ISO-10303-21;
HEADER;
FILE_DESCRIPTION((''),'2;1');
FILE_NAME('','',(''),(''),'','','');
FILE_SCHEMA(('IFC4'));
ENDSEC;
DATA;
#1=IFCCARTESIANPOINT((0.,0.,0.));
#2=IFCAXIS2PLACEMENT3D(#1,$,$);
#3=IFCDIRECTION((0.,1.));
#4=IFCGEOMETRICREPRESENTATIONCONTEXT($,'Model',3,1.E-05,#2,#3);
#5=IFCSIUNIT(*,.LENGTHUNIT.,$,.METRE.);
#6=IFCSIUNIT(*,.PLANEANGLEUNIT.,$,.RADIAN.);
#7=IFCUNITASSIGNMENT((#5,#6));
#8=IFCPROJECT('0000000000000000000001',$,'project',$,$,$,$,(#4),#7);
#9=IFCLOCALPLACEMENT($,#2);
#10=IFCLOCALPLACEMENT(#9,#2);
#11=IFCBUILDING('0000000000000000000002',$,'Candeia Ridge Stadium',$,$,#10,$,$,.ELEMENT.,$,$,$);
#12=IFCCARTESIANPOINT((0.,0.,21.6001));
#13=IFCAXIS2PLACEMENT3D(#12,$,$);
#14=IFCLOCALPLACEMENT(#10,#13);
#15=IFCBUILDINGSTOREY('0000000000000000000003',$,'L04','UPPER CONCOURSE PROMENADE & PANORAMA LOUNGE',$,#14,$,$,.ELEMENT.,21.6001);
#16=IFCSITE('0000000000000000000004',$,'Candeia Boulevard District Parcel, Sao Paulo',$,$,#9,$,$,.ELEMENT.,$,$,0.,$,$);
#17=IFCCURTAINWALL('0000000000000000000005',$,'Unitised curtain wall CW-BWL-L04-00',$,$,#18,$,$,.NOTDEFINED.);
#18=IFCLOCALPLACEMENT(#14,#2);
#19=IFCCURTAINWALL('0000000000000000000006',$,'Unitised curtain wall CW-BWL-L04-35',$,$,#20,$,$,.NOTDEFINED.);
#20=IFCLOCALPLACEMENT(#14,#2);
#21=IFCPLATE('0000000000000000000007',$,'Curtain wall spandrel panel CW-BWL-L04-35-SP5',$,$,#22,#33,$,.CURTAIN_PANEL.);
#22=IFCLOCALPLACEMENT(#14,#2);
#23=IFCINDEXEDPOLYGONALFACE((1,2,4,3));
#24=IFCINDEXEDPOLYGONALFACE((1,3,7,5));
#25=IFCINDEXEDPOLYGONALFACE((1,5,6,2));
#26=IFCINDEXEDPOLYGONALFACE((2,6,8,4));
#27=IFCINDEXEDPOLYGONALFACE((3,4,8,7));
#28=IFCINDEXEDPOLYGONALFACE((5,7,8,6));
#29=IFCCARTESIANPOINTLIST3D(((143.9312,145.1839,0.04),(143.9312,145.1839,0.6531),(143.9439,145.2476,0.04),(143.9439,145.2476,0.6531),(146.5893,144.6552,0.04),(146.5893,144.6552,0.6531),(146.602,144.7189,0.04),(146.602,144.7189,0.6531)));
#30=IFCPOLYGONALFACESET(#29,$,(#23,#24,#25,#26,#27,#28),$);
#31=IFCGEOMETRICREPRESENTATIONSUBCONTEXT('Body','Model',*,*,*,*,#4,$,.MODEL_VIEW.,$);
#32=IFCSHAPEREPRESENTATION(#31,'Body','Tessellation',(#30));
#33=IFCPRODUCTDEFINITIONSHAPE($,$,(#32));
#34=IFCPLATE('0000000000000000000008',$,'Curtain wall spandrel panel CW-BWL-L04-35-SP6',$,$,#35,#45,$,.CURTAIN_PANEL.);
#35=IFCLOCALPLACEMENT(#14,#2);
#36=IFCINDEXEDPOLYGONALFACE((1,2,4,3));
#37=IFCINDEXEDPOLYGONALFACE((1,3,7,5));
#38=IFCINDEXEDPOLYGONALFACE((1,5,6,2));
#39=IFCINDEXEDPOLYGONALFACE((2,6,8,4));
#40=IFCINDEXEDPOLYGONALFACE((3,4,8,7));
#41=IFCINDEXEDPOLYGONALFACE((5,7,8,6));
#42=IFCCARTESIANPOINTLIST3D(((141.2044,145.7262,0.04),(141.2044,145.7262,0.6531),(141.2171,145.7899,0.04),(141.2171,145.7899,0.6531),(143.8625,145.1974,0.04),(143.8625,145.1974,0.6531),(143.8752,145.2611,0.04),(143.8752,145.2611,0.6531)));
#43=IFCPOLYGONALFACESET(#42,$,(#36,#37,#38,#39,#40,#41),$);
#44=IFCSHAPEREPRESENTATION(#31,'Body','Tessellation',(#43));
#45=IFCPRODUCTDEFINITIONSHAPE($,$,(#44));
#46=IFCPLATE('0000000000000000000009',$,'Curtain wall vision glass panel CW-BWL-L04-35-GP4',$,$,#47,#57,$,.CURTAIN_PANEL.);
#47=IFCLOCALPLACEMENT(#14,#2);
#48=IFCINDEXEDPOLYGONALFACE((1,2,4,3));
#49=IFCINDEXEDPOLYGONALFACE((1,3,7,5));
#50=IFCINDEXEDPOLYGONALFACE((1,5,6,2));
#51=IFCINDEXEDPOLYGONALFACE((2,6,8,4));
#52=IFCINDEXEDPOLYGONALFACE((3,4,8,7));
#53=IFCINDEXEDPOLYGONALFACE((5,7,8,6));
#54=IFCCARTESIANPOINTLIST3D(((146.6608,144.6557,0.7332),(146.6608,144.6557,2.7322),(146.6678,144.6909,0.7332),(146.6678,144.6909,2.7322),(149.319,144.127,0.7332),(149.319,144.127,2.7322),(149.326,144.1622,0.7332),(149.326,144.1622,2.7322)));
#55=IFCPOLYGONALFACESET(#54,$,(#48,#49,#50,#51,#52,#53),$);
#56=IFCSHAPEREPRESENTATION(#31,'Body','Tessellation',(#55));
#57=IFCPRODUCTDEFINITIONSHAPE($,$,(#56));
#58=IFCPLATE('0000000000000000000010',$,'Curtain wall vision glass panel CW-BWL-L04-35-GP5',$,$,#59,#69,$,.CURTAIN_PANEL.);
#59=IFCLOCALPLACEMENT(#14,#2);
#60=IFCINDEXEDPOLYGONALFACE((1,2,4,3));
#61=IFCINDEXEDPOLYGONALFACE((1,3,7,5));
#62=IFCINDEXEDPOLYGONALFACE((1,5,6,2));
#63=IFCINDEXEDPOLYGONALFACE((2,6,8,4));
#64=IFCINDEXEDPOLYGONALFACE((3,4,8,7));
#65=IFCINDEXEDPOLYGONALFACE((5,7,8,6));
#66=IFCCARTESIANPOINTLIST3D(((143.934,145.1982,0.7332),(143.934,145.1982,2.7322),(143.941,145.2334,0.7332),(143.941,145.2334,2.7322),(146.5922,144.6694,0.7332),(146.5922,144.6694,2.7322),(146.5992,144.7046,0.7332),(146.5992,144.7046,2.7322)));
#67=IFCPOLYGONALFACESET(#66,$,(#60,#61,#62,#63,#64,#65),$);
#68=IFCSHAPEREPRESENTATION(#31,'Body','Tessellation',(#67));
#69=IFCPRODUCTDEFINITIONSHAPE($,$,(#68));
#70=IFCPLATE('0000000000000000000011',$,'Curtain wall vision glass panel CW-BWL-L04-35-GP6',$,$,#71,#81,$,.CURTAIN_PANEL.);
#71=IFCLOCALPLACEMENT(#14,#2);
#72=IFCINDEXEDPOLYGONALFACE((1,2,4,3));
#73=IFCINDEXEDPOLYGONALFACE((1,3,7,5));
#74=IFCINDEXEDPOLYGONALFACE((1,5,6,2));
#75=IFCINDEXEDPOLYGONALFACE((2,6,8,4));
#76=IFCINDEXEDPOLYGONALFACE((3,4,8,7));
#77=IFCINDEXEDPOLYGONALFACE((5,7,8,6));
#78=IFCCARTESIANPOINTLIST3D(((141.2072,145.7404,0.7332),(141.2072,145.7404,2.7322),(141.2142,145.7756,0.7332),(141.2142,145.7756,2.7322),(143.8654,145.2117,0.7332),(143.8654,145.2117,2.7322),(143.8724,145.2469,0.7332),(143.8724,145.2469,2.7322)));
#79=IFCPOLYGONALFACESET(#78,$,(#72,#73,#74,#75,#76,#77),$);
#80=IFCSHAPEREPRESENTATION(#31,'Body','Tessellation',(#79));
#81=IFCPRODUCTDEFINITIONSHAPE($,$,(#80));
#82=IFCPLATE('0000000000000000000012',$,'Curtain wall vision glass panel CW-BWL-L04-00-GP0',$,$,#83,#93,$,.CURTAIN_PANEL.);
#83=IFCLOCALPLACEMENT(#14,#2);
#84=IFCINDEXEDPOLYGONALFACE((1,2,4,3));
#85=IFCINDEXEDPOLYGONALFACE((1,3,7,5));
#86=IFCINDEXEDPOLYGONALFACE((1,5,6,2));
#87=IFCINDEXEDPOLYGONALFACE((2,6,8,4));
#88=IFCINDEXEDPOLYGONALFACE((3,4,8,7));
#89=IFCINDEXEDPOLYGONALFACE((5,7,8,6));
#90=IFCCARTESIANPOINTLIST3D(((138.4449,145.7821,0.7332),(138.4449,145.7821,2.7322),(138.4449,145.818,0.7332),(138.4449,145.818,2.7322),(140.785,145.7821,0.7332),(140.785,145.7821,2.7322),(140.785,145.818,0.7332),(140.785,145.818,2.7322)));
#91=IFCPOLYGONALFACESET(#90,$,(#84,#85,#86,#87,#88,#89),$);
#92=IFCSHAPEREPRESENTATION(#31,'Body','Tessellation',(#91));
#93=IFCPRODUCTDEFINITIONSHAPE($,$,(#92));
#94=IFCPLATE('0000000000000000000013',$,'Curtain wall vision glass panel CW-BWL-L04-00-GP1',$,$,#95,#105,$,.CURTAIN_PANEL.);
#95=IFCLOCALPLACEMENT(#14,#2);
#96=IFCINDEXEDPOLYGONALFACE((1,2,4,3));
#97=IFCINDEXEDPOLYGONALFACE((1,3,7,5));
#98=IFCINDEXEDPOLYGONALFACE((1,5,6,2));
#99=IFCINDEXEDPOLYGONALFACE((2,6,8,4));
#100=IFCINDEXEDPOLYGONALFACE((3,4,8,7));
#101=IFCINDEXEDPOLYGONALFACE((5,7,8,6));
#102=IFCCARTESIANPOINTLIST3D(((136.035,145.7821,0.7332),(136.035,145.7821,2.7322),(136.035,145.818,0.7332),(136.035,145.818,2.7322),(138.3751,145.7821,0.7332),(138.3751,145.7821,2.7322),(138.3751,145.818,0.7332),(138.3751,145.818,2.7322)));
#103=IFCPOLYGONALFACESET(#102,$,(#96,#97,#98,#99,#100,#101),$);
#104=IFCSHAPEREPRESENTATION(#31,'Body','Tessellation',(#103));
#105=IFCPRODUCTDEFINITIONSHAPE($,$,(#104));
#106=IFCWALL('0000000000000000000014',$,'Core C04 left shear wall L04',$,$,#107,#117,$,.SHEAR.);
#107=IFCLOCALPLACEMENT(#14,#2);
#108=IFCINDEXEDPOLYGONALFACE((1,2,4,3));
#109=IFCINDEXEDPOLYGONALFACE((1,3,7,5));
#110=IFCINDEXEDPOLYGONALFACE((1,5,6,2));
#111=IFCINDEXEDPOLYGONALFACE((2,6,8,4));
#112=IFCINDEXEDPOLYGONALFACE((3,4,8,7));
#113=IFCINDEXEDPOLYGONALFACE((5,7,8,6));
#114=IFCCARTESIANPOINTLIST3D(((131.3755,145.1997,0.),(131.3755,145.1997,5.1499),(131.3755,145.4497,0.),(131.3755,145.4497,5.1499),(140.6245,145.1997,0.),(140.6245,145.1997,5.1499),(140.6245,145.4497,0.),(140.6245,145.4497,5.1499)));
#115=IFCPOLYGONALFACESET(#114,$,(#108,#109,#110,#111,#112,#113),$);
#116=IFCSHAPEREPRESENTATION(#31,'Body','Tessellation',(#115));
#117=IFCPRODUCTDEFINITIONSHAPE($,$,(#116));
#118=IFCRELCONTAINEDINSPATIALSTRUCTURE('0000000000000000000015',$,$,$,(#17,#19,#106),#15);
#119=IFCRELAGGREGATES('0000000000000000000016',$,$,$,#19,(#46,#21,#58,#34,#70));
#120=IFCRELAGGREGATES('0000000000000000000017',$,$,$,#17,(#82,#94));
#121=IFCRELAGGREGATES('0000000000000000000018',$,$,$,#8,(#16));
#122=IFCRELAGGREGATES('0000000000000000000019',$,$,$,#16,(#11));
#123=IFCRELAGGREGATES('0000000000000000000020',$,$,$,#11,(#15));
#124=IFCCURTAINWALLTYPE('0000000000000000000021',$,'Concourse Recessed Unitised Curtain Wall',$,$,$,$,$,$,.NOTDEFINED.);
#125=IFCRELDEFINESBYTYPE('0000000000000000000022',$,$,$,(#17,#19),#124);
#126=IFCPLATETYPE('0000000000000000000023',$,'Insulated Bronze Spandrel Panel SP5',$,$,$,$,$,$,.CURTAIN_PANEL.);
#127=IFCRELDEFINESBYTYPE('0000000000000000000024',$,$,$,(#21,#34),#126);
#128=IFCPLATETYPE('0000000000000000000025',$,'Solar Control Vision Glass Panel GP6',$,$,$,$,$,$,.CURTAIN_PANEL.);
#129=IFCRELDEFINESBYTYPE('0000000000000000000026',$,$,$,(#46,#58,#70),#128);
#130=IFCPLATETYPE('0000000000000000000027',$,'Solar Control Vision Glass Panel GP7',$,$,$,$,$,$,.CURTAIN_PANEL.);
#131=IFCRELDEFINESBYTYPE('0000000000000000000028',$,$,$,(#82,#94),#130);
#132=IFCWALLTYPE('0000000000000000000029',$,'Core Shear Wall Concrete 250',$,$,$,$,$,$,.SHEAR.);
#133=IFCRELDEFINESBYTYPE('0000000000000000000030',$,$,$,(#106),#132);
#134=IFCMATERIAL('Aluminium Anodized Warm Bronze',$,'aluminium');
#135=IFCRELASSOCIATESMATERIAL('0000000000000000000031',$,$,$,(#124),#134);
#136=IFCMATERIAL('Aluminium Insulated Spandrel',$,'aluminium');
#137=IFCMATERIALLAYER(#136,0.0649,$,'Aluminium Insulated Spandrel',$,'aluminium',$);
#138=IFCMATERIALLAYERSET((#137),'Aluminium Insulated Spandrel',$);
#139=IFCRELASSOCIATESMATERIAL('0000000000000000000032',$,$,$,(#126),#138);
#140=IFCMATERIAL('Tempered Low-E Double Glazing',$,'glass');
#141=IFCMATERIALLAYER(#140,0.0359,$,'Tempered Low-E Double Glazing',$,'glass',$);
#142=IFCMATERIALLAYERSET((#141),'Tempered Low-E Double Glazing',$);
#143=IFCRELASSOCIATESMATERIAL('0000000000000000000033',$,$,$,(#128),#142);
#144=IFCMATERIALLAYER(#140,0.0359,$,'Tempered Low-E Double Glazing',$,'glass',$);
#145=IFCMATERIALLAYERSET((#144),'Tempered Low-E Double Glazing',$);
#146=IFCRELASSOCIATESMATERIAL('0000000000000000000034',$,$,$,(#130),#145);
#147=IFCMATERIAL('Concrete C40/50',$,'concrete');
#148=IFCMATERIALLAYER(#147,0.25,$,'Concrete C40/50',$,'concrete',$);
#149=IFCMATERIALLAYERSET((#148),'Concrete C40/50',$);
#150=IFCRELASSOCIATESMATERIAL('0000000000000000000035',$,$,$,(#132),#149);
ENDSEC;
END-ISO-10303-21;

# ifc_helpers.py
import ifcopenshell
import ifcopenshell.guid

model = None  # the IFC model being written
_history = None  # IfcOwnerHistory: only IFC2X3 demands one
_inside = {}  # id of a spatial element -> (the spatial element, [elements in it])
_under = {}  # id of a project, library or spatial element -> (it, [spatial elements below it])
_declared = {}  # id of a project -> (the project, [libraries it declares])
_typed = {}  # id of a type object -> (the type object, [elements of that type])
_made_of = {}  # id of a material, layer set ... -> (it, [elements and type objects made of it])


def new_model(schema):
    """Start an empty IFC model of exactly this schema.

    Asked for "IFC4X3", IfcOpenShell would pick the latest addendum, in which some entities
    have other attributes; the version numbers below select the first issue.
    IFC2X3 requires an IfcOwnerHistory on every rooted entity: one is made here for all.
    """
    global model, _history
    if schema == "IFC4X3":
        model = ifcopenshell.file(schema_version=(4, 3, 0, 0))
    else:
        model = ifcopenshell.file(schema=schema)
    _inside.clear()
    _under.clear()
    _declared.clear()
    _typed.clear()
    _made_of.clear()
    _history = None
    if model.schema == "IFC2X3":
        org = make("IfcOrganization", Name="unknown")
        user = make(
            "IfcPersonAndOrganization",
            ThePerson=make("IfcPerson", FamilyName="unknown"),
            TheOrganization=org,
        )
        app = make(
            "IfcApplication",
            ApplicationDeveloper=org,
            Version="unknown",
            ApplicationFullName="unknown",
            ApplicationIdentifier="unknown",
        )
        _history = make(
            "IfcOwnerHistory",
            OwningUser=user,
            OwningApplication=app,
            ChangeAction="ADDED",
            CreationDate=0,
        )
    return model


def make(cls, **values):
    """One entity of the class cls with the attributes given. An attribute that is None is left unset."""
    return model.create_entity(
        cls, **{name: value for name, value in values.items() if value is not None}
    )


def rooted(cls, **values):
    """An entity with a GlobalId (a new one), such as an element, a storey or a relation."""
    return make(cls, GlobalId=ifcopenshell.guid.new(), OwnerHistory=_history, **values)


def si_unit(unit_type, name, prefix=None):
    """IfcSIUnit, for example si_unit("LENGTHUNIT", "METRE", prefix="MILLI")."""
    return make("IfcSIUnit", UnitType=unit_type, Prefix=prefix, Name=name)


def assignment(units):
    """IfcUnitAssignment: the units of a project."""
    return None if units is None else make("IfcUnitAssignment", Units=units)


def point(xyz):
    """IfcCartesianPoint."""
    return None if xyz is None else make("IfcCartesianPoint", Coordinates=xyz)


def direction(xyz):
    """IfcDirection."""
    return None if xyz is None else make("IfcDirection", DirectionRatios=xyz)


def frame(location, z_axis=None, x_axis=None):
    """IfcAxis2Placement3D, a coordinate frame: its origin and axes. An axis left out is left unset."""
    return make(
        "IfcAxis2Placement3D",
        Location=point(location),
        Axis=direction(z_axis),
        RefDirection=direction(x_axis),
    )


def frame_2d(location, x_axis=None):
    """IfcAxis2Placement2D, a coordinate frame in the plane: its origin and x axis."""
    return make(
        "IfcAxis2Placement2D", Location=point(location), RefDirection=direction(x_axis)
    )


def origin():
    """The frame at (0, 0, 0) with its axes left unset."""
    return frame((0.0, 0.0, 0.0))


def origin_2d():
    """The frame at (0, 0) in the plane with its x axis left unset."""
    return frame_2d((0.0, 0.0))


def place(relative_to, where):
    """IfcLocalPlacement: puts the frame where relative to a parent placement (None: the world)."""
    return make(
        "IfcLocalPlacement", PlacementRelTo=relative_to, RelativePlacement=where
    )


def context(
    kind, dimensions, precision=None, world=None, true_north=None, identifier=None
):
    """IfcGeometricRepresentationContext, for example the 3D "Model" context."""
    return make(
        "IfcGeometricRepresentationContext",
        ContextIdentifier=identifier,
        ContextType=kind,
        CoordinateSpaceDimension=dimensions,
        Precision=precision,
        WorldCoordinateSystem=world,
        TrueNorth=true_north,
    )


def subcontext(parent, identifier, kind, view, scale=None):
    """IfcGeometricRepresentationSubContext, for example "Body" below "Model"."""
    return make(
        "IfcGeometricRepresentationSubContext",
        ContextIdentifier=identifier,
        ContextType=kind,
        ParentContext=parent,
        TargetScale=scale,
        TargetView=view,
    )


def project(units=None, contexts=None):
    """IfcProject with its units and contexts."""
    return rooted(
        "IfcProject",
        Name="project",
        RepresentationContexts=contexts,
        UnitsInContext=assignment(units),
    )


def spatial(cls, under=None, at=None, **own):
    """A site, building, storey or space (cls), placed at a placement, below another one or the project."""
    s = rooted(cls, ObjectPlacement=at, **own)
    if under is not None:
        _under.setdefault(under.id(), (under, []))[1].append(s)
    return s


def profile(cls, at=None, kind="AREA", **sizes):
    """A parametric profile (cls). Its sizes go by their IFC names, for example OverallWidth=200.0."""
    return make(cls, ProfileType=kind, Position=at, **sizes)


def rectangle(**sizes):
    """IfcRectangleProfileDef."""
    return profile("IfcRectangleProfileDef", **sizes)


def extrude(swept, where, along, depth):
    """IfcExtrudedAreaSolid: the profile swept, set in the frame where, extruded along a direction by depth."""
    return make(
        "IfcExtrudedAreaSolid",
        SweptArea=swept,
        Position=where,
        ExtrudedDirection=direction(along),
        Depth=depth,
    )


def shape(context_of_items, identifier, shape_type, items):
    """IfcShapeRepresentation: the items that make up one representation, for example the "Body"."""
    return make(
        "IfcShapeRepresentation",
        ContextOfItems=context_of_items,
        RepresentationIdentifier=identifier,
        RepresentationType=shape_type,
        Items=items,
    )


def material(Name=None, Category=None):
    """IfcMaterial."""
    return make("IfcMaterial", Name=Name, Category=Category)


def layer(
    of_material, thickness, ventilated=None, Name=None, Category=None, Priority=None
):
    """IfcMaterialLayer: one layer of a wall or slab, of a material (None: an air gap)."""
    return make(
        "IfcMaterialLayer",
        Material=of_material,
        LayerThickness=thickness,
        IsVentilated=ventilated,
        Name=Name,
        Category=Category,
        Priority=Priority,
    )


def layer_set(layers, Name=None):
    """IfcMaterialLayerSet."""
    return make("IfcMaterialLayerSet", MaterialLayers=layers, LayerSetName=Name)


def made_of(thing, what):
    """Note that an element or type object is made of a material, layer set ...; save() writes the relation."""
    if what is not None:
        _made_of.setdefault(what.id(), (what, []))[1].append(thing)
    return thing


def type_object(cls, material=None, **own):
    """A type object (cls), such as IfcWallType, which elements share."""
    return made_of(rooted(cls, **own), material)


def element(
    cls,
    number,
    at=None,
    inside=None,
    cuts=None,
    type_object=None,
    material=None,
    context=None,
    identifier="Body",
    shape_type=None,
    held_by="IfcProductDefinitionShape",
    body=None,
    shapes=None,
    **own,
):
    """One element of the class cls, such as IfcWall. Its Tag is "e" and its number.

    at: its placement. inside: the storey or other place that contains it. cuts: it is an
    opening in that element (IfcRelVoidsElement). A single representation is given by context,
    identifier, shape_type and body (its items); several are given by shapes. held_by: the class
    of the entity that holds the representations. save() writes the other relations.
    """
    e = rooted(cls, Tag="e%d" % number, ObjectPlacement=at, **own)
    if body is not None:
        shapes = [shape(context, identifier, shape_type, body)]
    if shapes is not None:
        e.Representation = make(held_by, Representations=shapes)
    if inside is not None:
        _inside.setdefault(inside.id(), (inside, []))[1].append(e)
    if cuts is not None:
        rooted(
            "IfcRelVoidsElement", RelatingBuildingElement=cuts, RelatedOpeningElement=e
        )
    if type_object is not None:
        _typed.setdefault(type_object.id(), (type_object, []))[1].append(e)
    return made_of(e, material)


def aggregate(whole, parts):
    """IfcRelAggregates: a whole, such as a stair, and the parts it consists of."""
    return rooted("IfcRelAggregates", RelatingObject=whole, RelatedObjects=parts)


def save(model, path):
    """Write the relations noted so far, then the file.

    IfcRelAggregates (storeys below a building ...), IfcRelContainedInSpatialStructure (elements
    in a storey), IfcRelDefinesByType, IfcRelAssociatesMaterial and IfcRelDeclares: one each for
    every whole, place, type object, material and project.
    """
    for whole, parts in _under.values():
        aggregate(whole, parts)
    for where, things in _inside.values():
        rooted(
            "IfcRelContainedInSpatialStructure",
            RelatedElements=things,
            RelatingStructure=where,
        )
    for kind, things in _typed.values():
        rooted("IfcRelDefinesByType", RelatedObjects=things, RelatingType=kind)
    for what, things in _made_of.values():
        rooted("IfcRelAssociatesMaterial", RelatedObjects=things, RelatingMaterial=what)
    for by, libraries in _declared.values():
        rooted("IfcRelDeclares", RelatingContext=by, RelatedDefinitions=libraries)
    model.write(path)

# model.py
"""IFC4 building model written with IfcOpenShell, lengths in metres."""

from ifc_helpers import new_model, si_unit, direction, frame, frame_2d, origin, origin_2d, place, context, subcontext, project, spatial, rectangle, extrude, material, layer, layer_set, type_object, element, aggregate, save


model = new_model("IFC4")

# Units and contexts
model_context = context("Model", 3, precision=1e-05, world=origin(), true_north=direction((0.0, 1.0)))
body_context = subcontext(model_context, "Body", "Model", "MODEL_VIEW")
ifc_project = project(units=[si_unit("LENGTHUNIT", "METRE"), si_unit("PLANEANGLEUNIT", "RADIAN")], contexts=[model_context])

# Site, building, storey
site_placement = place(None, origin())
site = spatial("IfcSite", under=ifc_project, at=site_placement, Name="Candeia Boulevard District Parcel, Sao Paulo", CompositionType="ELEMENT", RefElevation=0.0)
building_placement = place(site_placement, origin())
building = spatial("IfcBuilding", under=site, at=building_placement, Name="Candeia Ridge Stadium", CompositionType="ELEMENT")
storey_placement = place(building_placement, frame((0.0, 0.0, 21.6001)))
storey = spatial("IfcBuildingStorey", under=building, at=storey_placement, Name="L04", Description="UPPER CONCOURSE PROMENADE & PANORAMA LOUNGE", CompositionType="ELEMENT", Elevation=21.6001)

# Curtain walls
ifc_material_1 = material(Name="Aluminium Anodized Warm Bronze", Category="aluminium")
curtain_wall_type = type_object("IfcCurtainWallType", Name="Concourse Recessed Unitised Curtain Wall", PredefinedType="NOTDEFINED", material=ifc_material_1)
curtain_wall_1_placement = place(storey_placement, origin())
curtain_wall_1 = element("IfcCurtainWall", 1, at=curtain_wall_1_placement, inside=storey, type_object=curtain_wall_type, Name="Unitised curtain wall CW-BWL-L04-00", PredefinedType="NOTDEFINED")
curtain_wall_2_placement = place(storey_placement, origin())
curtain_wall_2 = element("IfcCurtainWall", 2, at=curtain_wall_2_placement, inside=storey, type_object=curtain_wall_type, Name="Unitised curtain wall CW-BWL-L04-35", PredefinedType="NOTDEFINED")

# Shared definitions
ifc_material_2 = material(Name="Concrete C40/50", Category="concrete")

# Plates
ifc_material_3 = material(Name="Aluminium Insulated Spandrel", Category="aluminium")
ifc_layer_1 = layer(ifc_material_3, 0.0649, Name="Aluminium Insulated Spandrel", Category="aluminium")
ifc_layer_set_1 = layer_set([ifc_layer_1], Name="Aluminium Insulated Spandrel")
plate_type_1 = type_object("IfcPlateType", Name="Insulated Bronze Spandrel Panel SP5", PredefinedType="CURTAIN_PANEL", material=ifc_layer_set_1)
plate_1_placement = place(storey_placement, frame((145.2666, 144.9514, 0.04), z_axis=(0.0, 0.0, 1.0), x_axis=(-0.980785, 0.19509, 0.0)))
plate_1 = element("IfcPlate", 3, at=plate_1_placement, type_object=plate_type_1, Name="Curtain wall spandrel panel CW-BWL-L04-35-SP5", PredefinedType="CURTAIN_PANEL", context=body_context, shape_type="SweptSolid", body=[
    extrude(rectangle(XDim=2.7102, YDim=0.0649, at=origin_2d()), origin(), (0.0, 0.0, 1.0), 0.613),
])
plate_2_placement = place(storey_placement, frame((142.5398, 145.4937, 0.04), z_axis=(0.0, 0.0, 1.0), x_axis=(-0.980785, 0.19509, 0.0)))
plate_2 = element("IfcPlate", 4, at=plate_2_placement, type_object=plate_type_1, Name="Curtain wall spandrel panel CW-BWL-L04-35-SP6", PredefinedType="CURTAIN_PANEL", context=body_context, shape_type="SweptSolid", body=[
    extrude(rectangle(XDim=2.7102, YDim=0.0649, at=origin_2d()), origin(), (0.0, 0.0, 1.0), 0.613),
])
ifc_material_4 = material(Name="Tempered Low-E Double Glazing", Category="glass")
ifc_layer_2 = layer(ifc_material_4, 0.0359, Name="Tempered Low-E Double Glazing", Category="glass")
ifc_layer_set_2 = layer_set([ifc_layer_2], Name="Tempered Low-E Double Glazing")
plate_type_2 = type_object("IfcPlateType", Name="Solar Control Vision Glass Panel GP6", PredefinedType="CURTAIN_PANEL", material=ifc_layer_set_2)
plate_3_placement = place(storey_placement, frame((147.9934, 144.4089, 0.7332), z_axis=(0.0, 0.0, 1.0), x_axis=(-0.980785, 0.19509, 0.0)))
plate_3 = element("IfcPlate", 5, at=plate_3_placement, type_object=plate_type_2, Name="Curtain wall vision glass panel CW-BWL-L04-35-GP4", PredefinedType="CURTAIN_PANEL", context=body_context, shape_type="SweptSolid", body=[
    extrude(rectangle(XDim=2.7102, YDim=0.0359, at=origin_2d()), origin(), (0.0, 0.0, 1.0), 1.999),
])
plate_4_placement = place(storey_placement, frame((145.2666, 144.9514, 0.7332), z_axis=(0.0, 0.0, 1.0), x_axis=(-0.980785, 0.19509, 0.0)))
plate_4 = element("IfcPlate", 6, at=plate_4_placement, type_object=plate_type_2, Name="Curtain wall vision glass panel CW-BWL-L04-35-GP5", PredefinedType="CURTAIN_PANEL", context=body_context, shape_type="SweptSolid", body=[
    extrude(rectangle(XDim=2.7102, YDim=0.0359, at=origin_2d()), origin(), (0.0, 0.0, 1.0), 1.999),
])
plate_5_placement = place(storey_placement, frame((142.5398, 145.4937, 0.7332), z_axis=(0.0, 0.0, 1.0), x_axis=(-0.980785, 0.19509, 0.0)))
plate_5 = element("IfcPlate", 7, at=plate_5_placement, type_object=plate_type_2, Name="Curtain wall vision glass panel CW-BWL-L04-35-GP6", PredefinedType="CURTAIN_PANEL", context=body_context, shape_type="SweptSolid", body=[
    extrude(rectangle(XDim=2.7102, YDim=0.0359, at=origin_2d()), origin(), (0.0, 0.0, 1.0), 1.999),
])
aggregate(curtain_wall_2, [plate_3, plate_1, plate_4, plate_2, plate_5])
ifc_layer_3 = layer(ifc_material_4, 0.0359, Name="Tempered Low-E Double Glazing", Category="glass")
ifc_layer_set_3 = layer_set([ifc_layer_3], Name="Tempered Low-E Double Glazing")
plate_type_3 = type_object("IfcPlateType", Name="Solar Control Vision Glass Panel GP7", PredefinedType="CURTAIN_PANEL", material=ifc_layer_set_3)
plate_6_placement = place(storey_placement, frame((139.615, 145.8, 0.7332), z_axis=(0.0, 0.0, 1.0), x_axis=(-1.0, 0.0, 0.0)))
plate_6 = element("IfcPlate", 8, at=plate_6_placement, type_object=plate_type_3, Name="Curtain wall vision glass panel CW-BWL-L04-00-GP0", PredefinedType="CURTAIN_PANEL", context=body_context, shape_type="SweptSolid", body=[
    extrude(rectangle(XDim=2.3401, YDim=0.0359, at=origin_2d()), origin(), (0.0, 0.0, 1.0), 1.999),
])
plate_7_placement = place(storey_placement, frame((137.2051, 145.8, 0.7332), z_axis=(0.0, 0.0, 1.0), x_axis=(-1.0, 0.0, 0.0)))
plate_7 = element("IfcPlate", 9, at=plate_7_placement, type_object=plate_type_3, Name="Curtain wall vision glass panel CW-BWL-L04-00-GP1", PredefinedType="CURTAIN_PANEL", context=body_context, shape_type="SweptSolid", body=[
    extrude(rectangle(XDim=2.3401, YDim=0.0359, at=origin_2d()), origin(), (0.0, 0.0, 1.0), 1.999),
])
aggregate(curtain_wall_1, [plate_6, plate_7])

# Wall
ifc_layer_4 = layer(ifc_material_2, 0.25, Name="Concrete C40/50", Category="concrete")
ifc_layer_set_4 = layer_set([ifc_layer_4], Name="Concrete C40/50")
wall_type = type_object("IfcWallType", Name="Core Shear Wall Concrete 250", PredefinedType="SHEAR", material=ifc_layer_set_4)
wall_placement = place(storey_placement, frame((140.6245, 145.3247, 0.0), z_axis=(0.0, 0.0, 1.0), x_axis=(-1.0, 0.0, 0.0)))
element("IfcWall", 10, at=wall_placement, inside=storey, type_object=wall_type, Name="Core C04 left shear wall L04", PredefinedType="SHEAR", context=body_context, shape_type="SweptSolid", body=[
    extrude(rectangle(XDim=9.249, YDim=0.25, at=frame_2d((4.6245, 0.0))), origin(), (0.0, 0.0, 1.0), 5.1499),
])

save(model, "model.ifc")
